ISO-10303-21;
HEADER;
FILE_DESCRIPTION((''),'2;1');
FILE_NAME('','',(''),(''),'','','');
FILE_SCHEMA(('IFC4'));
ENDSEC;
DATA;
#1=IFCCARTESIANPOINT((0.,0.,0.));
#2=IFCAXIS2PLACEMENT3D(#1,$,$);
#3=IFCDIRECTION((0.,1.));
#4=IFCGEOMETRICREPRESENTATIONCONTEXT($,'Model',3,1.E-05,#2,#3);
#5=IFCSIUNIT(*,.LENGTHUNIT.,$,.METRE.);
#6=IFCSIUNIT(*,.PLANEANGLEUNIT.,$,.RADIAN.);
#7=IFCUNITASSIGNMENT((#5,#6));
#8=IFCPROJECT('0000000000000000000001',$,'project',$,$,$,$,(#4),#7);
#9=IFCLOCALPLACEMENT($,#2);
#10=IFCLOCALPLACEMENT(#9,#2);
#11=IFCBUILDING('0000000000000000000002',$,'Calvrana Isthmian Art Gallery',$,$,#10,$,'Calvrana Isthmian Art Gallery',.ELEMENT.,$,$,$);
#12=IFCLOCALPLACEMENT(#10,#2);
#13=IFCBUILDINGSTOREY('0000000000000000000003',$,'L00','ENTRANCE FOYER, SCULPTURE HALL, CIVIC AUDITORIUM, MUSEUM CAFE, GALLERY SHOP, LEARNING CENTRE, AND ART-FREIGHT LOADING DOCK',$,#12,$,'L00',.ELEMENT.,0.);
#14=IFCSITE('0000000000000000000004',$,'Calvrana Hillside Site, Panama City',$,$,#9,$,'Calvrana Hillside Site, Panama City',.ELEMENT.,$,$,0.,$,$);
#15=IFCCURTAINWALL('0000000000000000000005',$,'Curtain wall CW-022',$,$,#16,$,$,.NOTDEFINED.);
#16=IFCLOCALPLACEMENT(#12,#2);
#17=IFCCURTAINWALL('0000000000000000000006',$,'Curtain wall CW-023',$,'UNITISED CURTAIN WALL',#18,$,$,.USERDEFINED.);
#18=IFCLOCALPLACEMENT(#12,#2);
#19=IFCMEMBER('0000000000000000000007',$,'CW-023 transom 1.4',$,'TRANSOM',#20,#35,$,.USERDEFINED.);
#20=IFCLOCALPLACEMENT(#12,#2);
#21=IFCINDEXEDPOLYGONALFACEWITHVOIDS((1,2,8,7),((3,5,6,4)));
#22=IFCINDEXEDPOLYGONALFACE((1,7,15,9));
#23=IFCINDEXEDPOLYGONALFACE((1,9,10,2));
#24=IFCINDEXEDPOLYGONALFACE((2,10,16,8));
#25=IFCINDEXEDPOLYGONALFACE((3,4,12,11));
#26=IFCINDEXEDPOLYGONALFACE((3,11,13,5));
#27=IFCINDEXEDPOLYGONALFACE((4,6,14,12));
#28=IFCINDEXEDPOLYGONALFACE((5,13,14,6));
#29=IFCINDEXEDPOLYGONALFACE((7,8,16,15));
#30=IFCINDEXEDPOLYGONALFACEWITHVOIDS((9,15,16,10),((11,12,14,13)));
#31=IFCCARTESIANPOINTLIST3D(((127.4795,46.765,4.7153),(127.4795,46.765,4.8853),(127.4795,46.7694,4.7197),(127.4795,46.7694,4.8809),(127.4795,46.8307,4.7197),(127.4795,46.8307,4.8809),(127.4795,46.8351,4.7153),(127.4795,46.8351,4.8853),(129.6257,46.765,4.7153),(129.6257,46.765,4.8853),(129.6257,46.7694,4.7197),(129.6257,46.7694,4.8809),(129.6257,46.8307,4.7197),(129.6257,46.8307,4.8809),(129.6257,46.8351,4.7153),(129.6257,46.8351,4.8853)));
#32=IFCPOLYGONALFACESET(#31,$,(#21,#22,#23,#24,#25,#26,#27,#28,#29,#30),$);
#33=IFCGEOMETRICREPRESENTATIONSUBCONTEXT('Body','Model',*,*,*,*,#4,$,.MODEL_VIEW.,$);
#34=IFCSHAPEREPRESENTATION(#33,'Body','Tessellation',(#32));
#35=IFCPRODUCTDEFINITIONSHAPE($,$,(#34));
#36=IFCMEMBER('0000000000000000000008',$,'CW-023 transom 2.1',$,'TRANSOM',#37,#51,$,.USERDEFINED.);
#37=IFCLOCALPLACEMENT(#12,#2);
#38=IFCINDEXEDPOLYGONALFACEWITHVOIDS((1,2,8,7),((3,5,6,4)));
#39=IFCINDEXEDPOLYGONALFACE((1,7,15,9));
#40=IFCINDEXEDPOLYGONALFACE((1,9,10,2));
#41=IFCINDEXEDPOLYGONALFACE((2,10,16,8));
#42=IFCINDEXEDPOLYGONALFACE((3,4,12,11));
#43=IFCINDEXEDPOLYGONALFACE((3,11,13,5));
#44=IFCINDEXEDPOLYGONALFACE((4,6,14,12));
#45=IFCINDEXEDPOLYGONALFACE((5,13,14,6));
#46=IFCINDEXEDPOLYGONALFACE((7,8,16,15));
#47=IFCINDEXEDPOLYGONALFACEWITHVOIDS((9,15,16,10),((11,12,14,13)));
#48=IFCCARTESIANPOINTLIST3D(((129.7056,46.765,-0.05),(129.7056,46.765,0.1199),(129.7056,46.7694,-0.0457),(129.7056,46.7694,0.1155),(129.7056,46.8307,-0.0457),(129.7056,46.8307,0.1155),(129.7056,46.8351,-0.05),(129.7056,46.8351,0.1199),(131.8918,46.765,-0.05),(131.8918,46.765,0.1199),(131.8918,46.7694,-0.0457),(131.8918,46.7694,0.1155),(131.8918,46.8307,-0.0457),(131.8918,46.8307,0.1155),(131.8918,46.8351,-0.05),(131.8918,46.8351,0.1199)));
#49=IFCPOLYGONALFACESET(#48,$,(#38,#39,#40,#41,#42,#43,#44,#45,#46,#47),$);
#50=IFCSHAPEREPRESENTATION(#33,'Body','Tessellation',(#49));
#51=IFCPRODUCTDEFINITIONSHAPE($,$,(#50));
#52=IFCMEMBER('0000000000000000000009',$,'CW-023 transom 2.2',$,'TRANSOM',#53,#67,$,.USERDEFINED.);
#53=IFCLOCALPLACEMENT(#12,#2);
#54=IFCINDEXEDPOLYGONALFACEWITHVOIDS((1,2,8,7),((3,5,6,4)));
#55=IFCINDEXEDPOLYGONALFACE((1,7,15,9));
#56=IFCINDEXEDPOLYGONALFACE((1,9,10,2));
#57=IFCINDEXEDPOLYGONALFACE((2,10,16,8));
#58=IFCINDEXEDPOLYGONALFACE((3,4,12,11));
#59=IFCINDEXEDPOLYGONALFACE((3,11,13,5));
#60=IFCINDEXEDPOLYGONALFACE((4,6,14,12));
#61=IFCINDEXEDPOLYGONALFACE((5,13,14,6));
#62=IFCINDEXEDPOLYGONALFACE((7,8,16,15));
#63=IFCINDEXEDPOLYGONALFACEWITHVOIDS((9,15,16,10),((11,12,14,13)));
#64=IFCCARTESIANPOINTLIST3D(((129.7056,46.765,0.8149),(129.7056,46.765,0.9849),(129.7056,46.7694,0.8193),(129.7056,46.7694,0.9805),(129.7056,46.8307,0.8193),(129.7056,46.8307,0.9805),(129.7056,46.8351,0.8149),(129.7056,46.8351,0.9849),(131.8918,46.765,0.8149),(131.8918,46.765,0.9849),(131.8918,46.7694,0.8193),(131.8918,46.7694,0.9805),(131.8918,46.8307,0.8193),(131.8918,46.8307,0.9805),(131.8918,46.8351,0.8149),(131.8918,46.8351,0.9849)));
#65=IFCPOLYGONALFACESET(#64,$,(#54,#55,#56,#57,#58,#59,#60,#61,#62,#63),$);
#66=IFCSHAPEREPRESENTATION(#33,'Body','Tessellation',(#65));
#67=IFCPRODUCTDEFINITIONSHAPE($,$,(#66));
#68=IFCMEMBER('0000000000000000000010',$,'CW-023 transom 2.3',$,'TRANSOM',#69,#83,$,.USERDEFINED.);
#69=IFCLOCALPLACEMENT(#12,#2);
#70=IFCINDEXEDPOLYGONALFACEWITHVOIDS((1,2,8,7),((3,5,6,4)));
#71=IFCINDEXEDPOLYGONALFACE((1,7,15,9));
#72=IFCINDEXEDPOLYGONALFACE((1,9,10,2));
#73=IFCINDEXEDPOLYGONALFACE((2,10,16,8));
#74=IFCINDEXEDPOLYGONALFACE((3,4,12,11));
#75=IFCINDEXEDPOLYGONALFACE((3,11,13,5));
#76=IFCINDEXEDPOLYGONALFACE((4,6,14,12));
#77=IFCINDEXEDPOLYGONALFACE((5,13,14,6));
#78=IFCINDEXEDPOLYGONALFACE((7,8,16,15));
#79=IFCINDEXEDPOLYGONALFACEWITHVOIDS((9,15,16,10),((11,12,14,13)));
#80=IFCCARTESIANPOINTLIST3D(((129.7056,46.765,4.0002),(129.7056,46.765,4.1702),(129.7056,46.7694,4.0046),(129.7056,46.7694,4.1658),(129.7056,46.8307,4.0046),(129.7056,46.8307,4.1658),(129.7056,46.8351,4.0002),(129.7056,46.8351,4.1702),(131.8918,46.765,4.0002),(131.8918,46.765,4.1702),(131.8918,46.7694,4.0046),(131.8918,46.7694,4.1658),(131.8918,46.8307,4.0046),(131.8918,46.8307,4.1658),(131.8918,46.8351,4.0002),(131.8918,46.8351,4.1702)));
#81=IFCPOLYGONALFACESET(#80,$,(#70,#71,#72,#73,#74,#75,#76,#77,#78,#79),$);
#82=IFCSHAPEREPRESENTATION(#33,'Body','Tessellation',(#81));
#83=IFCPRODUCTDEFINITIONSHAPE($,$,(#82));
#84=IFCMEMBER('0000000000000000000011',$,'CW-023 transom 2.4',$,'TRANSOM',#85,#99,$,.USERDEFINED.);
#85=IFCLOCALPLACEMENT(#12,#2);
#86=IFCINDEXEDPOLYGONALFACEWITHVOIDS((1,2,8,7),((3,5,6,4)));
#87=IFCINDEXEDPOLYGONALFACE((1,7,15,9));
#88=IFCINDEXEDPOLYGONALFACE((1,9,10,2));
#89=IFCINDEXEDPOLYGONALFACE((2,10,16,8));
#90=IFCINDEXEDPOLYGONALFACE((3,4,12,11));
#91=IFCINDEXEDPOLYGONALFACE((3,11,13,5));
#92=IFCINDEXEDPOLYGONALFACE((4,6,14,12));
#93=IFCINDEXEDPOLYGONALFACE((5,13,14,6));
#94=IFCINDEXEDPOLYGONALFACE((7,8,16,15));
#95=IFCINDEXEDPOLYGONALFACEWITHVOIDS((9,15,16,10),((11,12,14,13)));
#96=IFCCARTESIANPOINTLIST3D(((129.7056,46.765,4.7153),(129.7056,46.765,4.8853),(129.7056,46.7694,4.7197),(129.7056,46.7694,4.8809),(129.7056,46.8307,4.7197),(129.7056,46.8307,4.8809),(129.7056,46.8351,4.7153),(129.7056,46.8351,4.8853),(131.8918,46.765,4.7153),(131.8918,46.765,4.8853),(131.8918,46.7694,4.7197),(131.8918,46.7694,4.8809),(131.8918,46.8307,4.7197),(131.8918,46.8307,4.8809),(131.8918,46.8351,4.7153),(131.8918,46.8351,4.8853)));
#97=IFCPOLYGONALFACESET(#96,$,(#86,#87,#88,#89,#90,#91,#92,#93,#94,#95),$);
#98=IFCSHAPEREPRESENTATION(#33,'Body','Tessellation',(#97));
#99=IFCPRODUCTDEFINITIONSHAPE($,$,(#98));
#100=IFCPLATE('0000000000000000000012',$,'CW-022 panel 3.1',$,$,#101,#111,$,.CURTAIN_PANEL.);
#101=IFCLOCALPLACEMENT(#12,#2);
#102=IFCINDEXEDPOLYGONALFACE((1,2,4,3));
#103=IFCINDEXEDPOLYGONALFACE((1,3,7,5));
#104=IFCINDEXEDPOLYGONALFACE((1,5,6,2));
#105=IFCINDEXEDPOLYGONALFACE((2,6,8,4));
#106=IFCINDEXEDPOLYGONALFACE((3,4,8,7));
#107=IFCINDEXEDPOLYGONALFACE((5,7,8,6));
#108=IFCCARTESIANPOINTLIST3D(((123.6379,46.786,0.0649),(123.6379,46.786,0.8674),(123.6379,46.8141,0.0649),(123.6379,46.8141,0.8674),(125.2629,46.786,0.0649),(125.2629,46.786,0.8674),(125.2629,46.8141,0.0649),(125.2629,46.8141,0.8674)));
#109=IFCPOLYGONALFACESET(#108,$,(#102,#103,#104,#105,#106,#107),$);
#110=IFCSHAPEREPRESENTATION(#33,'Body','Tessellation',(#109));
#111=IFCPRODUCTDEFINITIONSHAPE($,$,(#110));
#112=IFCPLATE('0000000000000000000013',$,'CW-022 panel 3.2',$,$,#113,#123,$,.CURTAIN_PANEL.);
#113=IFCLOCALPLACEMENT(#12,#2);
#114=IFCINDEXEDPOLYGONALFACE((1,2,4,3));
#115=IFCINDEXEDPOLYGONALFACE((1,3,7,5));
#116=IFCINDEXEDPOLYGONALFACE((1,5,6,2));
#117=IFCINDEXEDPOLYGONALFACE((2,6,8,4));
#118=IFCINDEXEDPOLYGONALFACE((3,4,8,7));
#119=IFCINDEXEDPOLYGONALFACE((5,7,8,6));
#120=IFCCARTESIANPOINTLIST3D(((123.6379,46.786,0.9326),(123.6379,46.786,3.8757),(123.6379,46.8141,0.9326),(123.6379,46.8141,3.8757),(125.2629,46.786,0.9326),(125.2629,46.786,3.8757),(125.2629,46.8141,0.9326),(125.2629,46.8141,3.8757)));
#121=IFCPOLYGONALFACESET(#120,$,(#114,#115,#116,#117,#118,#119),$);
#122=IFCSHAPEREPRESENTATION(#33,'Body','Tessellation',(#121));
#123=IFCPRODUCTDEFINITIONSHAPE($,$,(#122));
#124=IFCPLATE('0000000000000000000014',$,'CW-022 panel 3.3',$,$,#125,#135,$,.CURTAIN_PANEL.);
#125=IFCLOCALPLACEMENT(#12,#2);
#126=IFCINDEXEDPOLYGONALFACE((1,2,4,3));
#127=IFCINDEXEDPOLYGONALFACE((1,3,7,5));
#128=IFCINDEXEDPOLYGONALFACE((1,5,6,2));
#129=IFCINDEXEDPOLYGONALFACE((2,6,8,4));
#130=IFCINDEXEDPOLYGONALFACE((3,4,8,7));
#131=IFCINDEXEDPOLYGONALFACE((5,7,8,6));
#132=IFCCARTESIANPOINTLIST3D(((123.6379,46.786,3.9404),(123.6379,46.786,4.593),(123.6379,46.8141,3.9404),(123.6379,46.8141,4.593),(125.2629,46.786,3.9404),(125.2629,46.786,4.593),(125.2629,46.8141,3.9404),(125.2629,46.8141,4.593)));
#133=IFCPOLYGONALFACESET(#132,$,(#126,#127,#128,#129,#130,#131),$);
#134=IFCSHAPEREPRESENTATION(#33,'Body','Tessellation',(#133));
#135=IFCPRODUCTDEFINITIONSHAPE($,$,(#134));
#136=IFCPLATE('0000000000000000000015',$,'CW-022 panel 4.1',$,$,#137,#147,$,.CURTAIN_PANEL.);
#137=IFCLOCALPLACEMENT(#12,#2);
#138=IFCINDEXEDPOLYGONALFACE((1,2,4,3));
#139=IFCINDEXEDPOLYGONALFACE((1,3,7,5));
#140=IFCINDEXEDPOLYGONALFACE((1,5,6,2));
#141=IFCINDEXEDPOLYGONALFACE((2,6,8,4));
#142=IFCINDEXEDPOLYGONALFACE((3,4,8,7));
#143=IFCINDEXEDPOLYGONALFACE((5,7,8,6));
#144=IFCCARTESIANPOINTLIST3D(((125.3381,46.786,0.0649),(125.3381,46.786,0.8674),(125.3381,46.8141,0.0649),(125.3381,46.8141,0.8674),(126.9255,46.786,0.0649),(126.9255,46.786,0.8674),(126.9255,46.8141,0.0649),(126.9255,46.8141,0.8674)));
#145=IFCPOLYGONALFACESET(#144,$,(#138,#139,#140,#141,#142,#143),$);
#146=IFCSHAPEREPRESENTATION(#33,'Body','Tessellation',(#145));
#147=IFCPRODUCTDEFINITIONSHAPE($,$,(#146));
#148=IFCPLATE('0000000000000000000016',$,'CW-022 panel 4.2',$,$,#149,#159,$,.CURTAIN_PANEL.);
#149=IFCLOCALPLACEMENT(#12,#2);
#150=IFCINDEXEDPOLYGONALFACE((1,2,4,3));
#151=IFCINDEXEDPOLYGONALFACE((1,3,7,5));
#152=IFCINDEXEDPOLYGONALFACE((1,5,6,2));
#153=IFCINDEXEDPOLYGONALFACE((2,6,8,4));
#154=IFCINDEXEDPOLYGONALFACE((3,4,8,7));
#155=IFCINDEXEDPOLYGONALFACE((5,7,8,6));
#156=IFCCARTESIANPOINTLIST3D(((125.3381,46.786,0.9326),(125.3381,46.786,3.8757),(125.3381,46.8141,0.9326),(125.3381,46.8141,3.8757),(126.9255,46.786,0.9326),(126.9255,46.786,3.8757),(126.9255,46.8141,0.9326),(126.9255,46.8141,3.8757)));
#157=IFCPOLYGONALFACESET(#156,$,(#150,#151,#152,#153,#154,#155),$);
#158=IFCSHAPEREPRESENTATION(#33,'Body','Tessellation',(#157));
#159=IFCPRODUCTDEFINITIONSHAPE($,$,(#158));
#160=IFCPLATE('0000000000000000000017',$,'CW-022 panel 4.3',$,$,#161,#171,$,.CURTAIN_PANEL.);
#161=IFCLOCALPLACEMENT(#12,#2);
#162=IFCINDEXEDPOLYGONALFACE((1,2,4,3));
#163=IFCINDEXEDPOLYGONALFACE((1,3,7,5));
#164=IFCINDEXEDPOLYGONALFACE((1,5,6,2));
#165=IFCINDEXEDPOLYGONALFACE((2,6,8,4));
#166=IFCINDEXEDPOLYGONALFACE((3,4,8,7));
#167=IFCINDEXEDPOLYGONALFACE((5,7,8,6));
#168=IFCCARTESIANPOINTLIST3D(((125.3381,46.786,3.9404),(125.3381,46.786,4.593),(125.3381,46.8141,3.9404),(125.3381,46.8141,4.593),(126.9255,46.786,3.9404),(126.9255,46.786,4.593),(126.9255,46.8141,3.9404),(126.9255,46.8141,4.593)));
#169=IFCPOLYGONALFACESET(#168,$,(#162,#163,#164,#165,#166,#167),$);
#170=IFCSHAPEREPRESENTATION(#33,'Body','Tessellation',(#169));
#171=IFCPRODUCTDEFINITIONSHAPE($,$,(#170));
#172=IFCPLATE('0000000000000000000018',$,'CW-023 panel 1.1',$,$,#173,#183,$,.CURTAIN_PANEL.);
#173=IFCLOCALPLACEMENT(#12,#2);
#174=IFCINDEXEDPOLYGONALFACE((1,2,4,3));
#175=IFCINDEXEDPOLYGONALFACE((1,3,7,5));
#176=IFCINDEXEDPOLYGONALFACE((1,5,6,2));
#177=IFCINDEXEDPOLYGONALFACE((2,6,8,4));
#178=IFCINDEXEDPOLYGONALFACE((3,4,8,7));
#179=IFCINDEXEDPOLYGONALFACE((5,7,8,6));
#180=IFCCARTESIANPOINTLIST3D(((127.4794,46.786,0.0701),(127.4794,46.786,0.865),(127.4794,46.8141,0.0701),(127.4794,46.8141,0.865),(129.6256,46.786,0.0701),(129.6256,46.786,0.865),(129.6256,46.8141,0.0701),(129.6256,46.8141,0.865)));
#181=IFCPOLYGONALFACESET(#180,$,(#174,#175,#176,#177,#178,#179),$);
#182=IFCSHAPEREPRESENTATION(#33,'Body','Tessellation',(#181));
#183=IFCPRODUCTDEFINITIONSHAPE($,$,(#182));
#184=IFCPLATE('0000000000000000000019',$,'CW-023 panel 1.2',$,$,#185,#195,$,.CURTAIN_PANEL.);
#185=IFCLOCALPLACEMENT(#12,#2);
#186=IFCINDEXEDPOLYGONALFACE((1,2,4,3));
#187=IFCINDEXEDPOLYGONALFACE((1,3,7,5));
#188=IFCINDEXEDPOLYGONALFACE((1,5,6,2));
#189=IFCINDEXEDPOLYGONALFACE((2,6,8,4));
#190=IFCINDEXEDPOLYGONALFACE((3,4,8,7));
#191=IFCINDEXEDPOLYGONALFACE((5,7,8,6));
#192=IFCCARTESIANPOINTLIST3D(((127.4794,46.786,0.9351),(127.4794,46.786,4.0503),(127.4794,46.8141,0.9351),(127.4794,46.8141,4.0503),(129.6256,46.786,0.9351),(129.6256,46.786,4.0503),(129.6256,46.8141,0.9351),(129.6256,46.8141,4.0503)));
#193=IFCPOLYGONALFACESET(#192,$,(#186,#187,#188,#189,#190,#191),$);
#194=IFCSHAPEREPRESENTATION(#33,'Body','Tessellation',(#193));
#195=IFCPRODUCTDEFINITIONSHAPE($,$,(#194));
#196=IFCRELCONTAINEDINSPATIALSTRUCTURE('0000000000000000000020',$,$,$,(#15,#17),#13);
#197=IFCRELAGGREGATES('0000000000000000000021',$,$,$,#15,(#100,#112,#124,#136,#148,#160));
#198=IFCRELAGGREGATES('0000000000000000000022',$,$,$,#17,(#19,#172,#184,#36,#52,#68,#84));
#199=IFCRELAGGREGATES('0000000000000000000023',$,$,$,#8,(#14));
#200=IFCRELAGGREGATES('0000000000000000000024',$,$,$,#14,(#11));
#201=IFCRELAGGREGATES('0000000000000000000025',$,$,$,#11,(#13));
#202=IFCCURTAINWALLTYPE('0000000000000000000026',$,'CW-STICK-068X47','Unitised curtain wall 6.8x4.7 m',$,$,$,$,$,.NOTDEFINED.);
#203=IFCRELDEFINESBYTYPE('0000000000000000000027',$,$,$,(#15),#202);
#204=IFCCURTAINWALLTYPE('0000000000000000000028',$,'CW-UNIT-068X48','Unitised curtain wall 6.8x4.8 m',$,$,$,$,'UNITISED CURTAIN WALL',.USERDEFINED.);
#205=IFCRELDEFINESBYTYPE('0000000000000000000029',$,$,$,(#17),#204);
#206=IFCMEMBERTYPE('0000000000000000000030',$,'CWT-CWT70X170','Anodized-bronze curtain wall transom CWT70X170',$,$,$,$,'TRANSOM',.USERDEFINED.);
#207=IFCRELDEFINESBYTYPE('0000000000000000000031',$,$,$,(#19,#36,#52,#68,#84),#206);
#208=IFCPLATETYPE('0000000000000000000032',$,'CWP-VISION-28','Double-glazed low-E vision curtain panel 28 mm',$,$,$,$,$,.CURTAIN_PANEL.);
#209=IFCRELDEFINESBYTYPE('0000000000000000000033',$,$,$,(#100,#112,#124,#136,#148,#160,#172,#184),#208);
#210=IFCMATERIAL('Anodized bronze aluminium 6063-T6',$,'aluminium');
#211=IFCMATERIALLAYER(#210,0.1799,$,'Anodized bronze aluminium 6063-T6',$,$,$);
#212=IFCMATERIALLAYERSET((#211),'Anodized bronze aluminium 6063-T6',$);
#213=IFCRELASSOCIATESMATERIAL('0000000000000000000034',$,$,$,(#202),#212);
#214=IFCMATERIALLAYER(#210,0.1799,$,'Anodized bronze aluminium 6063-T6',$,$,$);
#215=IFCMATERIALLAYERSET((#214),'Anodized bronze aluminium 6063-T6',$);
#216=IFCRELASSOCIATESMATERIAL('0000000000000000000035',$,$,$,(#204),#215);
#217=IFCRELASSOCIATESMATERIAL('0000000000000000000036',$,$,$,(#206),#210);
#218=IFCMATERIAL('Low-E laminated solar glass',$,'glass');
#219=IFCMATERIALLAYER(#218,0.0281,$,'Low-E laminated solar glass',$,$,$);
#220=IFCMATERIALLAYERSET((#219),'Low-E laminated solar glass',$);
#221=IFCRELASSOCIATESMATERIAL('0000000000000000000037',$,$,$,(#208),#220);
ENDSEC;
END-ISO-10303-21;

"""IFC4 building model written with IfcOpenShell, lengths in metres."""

from ifc_helpers import new_model, si_unit, direction, frame, origin, origin_2d, place, context, subcontext, project, spatial, rectangle, hollow_rectangle, extrude, material, layer, layer_set, material_profile, profile_set, type_object, element, aggregate, save


model = new_model("IFC4")

# Units and contexts
model_context = context("Model", 3, precision=1e-05, world=origin(), true_north=direction((0.0, 1.0)))
body_context = subcontext(model_context, "Body", "Model", "MODEL_VIEW")
ifc_project = project(units=[si_unit("LENGTHUNIT", "METRE"), si_unit("PLANEANGLEUNIT", "RADIAN")], contexts=[model_context])

# Site, building, storey
site_placement = place(None, origin())
site = spatial("IfcSite", under=ifc_project, at=site_placement, Name="Calvrana Hillside Site, Panama City", LongName="Calvrana Hillside Site, Panama City", CompositionType="ELEMENT", RefElevation=0.0)
building_placement = place(site_placement, origin())
building = spatial("IfcBuilding", under=site, at=building_placement, Name="Calvrana Isthmian Art Gallery", LongName="Calvrana Isthmian Art Gallery", CompositionType="ELEMENT")
storey_placement = place(building_placement, origin())
storey = spatial("IfcBuildingStorey", under=building, at=storey_placement, Name="L00", Description="ENTRANCE FOYER, SCULPTURE HALL, CIVIC AUDITORIUM, MUSEUM CAFE, GALLERY SHOP, LEARNING CENTRE, AND ART-FREIGHT LOADING DOCK", LongName="L00", CompositionType="ELEMENT", Elevation=0.0)

# Curtain walls
ifc_material_1 = material(Name="Anodized bronze aluminium 6063-T6", Category="aluminium")
ifc_layer_1 = layer(ifc_material_1, 0.1799, Name="Anodized bronze aluminium 6063-T6")
ifc_layer_set_1 = layer_set([ifc_layer_1], Name="Anodized bronze aluminium 6063-T6")
curtain_wall_type_1 = type_object("IfcCurtainWallType", Name="CW-STICK-068X47", Description="Unitised curtain wall 6.8x4.7 m", PredefinedType="NOTDEFINED", material=ifc_layer_set_1)
curtain_wall_1_placement = place(storey_placement, origin())
curtain_wall_1 = element("IfcCurtainWall", 1, at=curtain_wall_1_placement, inside=storey, type_object=curtain_wall_type_1, Name="Curtain wall CW-022", PredefinedType="NOTDEFINED")
ifc_layer_2 = layer(ifc_material_1, 0.1799, Name="Anodized bronze aluminium 6063-T6")
ifc_layer_set_2 = layer_set([ifc_layer_2], Name="Anodized bronze aluminium 6063-T6")
curtain_wall_type_2 = type_object("IfcCurtainWallType", Name="CW-UNIT-068X48", Description="Unitised curtain wall 6.8x4.8 m", ElementType="UNITISED CURTAIN WALL", PredefinedType="USERDEFINED", material=ifc_layer_set_2)
curtain_wall_2_placement = place(storey_placement, origin())
curtain_wall_2 = element("IfcCurtainWall", 2, at=curtain_wall_2_placement, inside=storey, type_object=curtain_wall_type_2, Name="Curtain wall CW-023", ObjectType="UNITISED CURTAIN WALL", PredefinedType="USERDEFINED")

# Members
ifc_material_profile_1 = material_profile(ifc_material_1, hollow_rectangle(XDim=0.0701, YDim=0.1699, WallThickness=0.0044, at=origin_2d()), Name="CWT70X170")
ifc_profile_set_1 = profile_set([ifc_material_profile_1], Name="Anodized bronze aluminium 6063-T6")
member_type_1 = type_object("IfcMemberType", Name="CWT-CWT70X170", Description="Anodized-bronze curtain wall transom CWT70X170", ElementType="TRANSOM", PredefinedType="USERDEFINED", material=ifc_profile_set_1)
member_1_placement = place(storey_placement, frame((127.4795, 46.8, 4.8003), z_axis=(1.0, 0.0, 0.0), x_axis=(0.0, 1.0, 0.0)))
member_1 = element("IfcMember", 3, at=member_1_placement, type_object=member_type_1, Name="CW-023 transom 1.4", ObjectType="TRANSOM", PredefinedType="USERDEFINED", context=body_context, shape_type="SweptSolid", body=[
    extrude(hollow_rectangle(XDim=0.0701, YDim=0.1699, WallThickness=0.0044, at=origin_2d()), origin(), (0.0, 0.0, 1.0), 2.1462),
])
member_2_placement = place(storey_placement, frame((129.7056, 46.8, 0.0349), z_axis=(1.0, 0.0, 0.0), x_axis=(0.0, 1.0, 0.0)))
member_2 = element("IfcMember", 4, at=member_2_placement, type_object=member_type_1, Name="CW-023 transom 2.1", ObjectType="TRANSOM", PredefinedType="USERDEFINED", context=body_context, shape_type="SweptSolid", body=[
    extrude(hollow_rectangle(XDim=0.0701, YDim=0.1699, WallThickness=0.0044, at=origin_2d()), origin(), (0.0, 0.0, 1.0), 2.1863),
])
member_3_placement = place(storey_placement, frame((129.7056, 46.8, 0.8999), z_axis=(1.0, 0.0, 0.0), x_axis=(0.0, 1.0, 0.0)))
member_3 = element("IfcMember", 5, at=member_3_placement, type_object=member_type_1, Name="CW-023 transom 2.2", ObjectType="TRANSOM", PredefinedType="USERDEFINED", context=body_context, shape_type="SweptSolid", body=[
    extrude(hollow_rectangle(XDim=0.0701, YDim=0.1699, WallThickness=0.0044, at=origin_2d()), origin(), (0.0, 0.0, 1.0), 2.1863),
])
member_4_placement = place(storey_placement, frame((129.7056, 46.8, 4.0852), z_axis=(1.0, 0.0, 0.0), x_axis=(0.0, 1.0, 0.0)))
member_4 = element("IfcMember", 6, at=member_4_placement, type_object=member_type_1, Name="CW-023 transom 2.3", ObjectType="TRANSOM", PredefinedType="USERDEFINED", context=body_context, shape_type="SweptSolid", body=[
    extrude(hollow_rectangle(XDim=0.0701, YDim=0.1699, WallThickness=0.0044, at=origin_2d()), origin(), (0.0, 0.0, 1.0), 2.1863),
])
member_5_placement = place(storey_placement, frame((129.7056, 46.8, 4.8003), z_axis=(1.0, 0.0, 0.0), x_axis=(0.0, 1.0, 0.0)))
member_5 = element("IfcMember", 7, at=member_5_placement, type_object=member_type_1, Name="CW-023 transom 2.4", ObjectType="TRANSOM", PredefinedType="USERDEFINED", context=body_context, shape_type="SweptSolid", body=[
    extrude(hollow_rectangle(XDim=0.0701, YDim=0.1699, WallThickness=0.0044, at=origin_2d()), origin(), (0.0, 0.0, 1.0), 2.1863),
])

# Plates
ifc_material_2 = material(Name="Low-E laminated solar glass", Category="glass")
ifc_layer_3 = layer(ifc_material_2, 0.0281, Name="Low-E laminated solar glass")
ifc_layer_set_3 = layer_set([ifc_layer_3], Name="Low-E laminated solar glass")
plate_type_1 = type_object("IfcPlateType", Name="CWP-VISION-28", Description="Double-glazed low-E vision curtain panel 28 mm", PredefinedType="CURTAIN_PANEL", material=ifc_layer_set_3)
plate_1_placement = place(storey_placement, frame((124.4504, 46.8, 0.0649), z_axis=(0.0, 0.0, 1.0), x_axis=(1.0, 0.0, 0.0)))
plate_1 = element("IfcPlate", 8, at=plate_1_placement, type_object=plate_type_1, Name="CW-022 panel 3.1", PredefinedType="CURTAIN_PANEL", context=body_context, shape_type="SweptSolid", body=[
    extrude(rectangle(XDim=1.625, YDim=0.0281, at=origin_2d()), origin(), (0.0, 0.0, 1.0), 0.8025),
])
plate_2_placement = place(storey_placement, frame((124.4504, 46.8, 0.9326), z_axis=(0.0, 0.0, 1.0), x_axis=(1.0, 0.0, 0.0)))
plate_2 = element("IfcPlate", 9, at=plate_2_placement, type_object=plate_type_1, Name="CW-022 panel 3.2", PredefinedType="CURTAIN_PANEL", context=body_context, shape_type="SweptSolid", body=[
    extrude(rectangle(XDim=1.625, YDim=0.0281, at=origin_2d()), origin(), (0.0, 0.0, 1.0), 2.9431),
])
plate_3_placement = place(storey_placement, frame((124.4504, 46.8, 3.9404), z_axis=(0.0, 0.0, 1.0), x_axis=(1.0, 0.0, 0.0)))
plate_3 = element("IfcPlate", 10, at=plate_3_placement, type_object=plate_type_1, Name="CW-022 panel 3.3", PredefinedType="CURTAIN_PANEL", context=body_context, shape_type="SweptSolid", body=[
    extrude(rectangle(XDim=1.625, YDim=0.0281, at=origin_2d()), origin(), (0.0, 0.0, 1.0), 0.6526),
])
plate_4_placement = place(storey_placement, frame((126.1318, 46.8, 0.0649), z_axis=(0.0, 0.0, 1.0), x_axis=(1.0, 0.0, 0.0)))
plate_4 = element("IfcPlate", 11, at=plate_4_placement, type_object=plate_type_1, Name="CW-022 panel 4.1", PredefinedType="CURTAIN_PANEL", context=body_context, shape_type="SweptSolid", body=[
    extrude(rectangle(XDim=1.5874, YDim=0.0281, at=origin_2d()), origin(), (0.0, 0.0, 1.0), 0.8025),
])
plate_5_placement = place(storey_placement, frame((126.1318, 46.8, 0.9326), z_axis=(0.0, 0.0, 1.0), x_axis=(1.0, 0.0, 0.0)))
plate_5 = element("IfcPlate", 12, at=plate_5_placement, type_object=plate_type_1, Name="CW-022 panel 4.2", PredefinedType="CURTAIN_PANEL", context=body_context, shape_type="SweptSolid", body=[
    extrude(rectangle(XDim=1.5874, YDim=0.0281, at=origin_2d()), origin(), (0.0, 0.0, 1.0), 2.9431),
])
plate_6_placement = place(storey_placement, frame((126.1318, 46.8, 3.9404), z_axis=(0.0, 0.0, 1.0), x_axis=(1.0, 0.0, 0.0)))
plate_6 = element("IfcPlate", 13, at=plate_6_placement, type_object=plate_type_1, Name="CW-022 panel 4.3", PredefinedType="CURTAIN_PANEL", context=body_context, shape_type="SweptSolid", body=[
    extrude(rectangle(XDim=1.5874, YDim=0.0281, at=origin_2d()), origin(), (0.0, 0.0, 1.0), 0.6526),
])
aggregate(curtain_wall_1, [plate_1, plate_2, plate_3, plate_4, plate_5, plate_6])
plate_7_placement = place(storey_placement, frame((128.5525, 46.8, 0.0701), z_axis=(0.0, 0.0, 1.0), x_axis=(1.0, 0.0, 0.0)))
plate_7 = element("IfcPlate", 14, at=plate_7_placement, type_object=plate_type_1, Name="CW-023 panel 1.1", PredefinedType="CURTAIN_PANEL", context=body_context, shape_type="SweptSolid", body=[
    extrude(rectangle(XDim=2.1462, YDim=0.0281, at=origin_2d()), origin(), (0.0, 0.0, 1.0), 0.7949),
])
plate_8_placement = place(storey_placement, frame((128.5525, 46.8, 0.9351), z_axis=(0.0, 0.0, 1.0), x_axis=(1.0, 0.0, 0.0)))
plate_8 = element("IfcPlate", 15, at=plate_8_placement, type_object=plate_type_1, Name="CW-023 panel 1.2", PredefinedType="CURTAIN_PANEL", context=body_context, shape_type="SweptSolid", body=[
    extrude(rectangle(XDim=2.1462, YDim=0.0281, at=origin_2d()), origin(), (0.0, 0.0, 1.0), 3.1152),
])
aggregate(curtain_wall_2, [member_1, plate_7, plate_8, member_2, member_3, member_4, member_5])

save(model, "model.ifc")
